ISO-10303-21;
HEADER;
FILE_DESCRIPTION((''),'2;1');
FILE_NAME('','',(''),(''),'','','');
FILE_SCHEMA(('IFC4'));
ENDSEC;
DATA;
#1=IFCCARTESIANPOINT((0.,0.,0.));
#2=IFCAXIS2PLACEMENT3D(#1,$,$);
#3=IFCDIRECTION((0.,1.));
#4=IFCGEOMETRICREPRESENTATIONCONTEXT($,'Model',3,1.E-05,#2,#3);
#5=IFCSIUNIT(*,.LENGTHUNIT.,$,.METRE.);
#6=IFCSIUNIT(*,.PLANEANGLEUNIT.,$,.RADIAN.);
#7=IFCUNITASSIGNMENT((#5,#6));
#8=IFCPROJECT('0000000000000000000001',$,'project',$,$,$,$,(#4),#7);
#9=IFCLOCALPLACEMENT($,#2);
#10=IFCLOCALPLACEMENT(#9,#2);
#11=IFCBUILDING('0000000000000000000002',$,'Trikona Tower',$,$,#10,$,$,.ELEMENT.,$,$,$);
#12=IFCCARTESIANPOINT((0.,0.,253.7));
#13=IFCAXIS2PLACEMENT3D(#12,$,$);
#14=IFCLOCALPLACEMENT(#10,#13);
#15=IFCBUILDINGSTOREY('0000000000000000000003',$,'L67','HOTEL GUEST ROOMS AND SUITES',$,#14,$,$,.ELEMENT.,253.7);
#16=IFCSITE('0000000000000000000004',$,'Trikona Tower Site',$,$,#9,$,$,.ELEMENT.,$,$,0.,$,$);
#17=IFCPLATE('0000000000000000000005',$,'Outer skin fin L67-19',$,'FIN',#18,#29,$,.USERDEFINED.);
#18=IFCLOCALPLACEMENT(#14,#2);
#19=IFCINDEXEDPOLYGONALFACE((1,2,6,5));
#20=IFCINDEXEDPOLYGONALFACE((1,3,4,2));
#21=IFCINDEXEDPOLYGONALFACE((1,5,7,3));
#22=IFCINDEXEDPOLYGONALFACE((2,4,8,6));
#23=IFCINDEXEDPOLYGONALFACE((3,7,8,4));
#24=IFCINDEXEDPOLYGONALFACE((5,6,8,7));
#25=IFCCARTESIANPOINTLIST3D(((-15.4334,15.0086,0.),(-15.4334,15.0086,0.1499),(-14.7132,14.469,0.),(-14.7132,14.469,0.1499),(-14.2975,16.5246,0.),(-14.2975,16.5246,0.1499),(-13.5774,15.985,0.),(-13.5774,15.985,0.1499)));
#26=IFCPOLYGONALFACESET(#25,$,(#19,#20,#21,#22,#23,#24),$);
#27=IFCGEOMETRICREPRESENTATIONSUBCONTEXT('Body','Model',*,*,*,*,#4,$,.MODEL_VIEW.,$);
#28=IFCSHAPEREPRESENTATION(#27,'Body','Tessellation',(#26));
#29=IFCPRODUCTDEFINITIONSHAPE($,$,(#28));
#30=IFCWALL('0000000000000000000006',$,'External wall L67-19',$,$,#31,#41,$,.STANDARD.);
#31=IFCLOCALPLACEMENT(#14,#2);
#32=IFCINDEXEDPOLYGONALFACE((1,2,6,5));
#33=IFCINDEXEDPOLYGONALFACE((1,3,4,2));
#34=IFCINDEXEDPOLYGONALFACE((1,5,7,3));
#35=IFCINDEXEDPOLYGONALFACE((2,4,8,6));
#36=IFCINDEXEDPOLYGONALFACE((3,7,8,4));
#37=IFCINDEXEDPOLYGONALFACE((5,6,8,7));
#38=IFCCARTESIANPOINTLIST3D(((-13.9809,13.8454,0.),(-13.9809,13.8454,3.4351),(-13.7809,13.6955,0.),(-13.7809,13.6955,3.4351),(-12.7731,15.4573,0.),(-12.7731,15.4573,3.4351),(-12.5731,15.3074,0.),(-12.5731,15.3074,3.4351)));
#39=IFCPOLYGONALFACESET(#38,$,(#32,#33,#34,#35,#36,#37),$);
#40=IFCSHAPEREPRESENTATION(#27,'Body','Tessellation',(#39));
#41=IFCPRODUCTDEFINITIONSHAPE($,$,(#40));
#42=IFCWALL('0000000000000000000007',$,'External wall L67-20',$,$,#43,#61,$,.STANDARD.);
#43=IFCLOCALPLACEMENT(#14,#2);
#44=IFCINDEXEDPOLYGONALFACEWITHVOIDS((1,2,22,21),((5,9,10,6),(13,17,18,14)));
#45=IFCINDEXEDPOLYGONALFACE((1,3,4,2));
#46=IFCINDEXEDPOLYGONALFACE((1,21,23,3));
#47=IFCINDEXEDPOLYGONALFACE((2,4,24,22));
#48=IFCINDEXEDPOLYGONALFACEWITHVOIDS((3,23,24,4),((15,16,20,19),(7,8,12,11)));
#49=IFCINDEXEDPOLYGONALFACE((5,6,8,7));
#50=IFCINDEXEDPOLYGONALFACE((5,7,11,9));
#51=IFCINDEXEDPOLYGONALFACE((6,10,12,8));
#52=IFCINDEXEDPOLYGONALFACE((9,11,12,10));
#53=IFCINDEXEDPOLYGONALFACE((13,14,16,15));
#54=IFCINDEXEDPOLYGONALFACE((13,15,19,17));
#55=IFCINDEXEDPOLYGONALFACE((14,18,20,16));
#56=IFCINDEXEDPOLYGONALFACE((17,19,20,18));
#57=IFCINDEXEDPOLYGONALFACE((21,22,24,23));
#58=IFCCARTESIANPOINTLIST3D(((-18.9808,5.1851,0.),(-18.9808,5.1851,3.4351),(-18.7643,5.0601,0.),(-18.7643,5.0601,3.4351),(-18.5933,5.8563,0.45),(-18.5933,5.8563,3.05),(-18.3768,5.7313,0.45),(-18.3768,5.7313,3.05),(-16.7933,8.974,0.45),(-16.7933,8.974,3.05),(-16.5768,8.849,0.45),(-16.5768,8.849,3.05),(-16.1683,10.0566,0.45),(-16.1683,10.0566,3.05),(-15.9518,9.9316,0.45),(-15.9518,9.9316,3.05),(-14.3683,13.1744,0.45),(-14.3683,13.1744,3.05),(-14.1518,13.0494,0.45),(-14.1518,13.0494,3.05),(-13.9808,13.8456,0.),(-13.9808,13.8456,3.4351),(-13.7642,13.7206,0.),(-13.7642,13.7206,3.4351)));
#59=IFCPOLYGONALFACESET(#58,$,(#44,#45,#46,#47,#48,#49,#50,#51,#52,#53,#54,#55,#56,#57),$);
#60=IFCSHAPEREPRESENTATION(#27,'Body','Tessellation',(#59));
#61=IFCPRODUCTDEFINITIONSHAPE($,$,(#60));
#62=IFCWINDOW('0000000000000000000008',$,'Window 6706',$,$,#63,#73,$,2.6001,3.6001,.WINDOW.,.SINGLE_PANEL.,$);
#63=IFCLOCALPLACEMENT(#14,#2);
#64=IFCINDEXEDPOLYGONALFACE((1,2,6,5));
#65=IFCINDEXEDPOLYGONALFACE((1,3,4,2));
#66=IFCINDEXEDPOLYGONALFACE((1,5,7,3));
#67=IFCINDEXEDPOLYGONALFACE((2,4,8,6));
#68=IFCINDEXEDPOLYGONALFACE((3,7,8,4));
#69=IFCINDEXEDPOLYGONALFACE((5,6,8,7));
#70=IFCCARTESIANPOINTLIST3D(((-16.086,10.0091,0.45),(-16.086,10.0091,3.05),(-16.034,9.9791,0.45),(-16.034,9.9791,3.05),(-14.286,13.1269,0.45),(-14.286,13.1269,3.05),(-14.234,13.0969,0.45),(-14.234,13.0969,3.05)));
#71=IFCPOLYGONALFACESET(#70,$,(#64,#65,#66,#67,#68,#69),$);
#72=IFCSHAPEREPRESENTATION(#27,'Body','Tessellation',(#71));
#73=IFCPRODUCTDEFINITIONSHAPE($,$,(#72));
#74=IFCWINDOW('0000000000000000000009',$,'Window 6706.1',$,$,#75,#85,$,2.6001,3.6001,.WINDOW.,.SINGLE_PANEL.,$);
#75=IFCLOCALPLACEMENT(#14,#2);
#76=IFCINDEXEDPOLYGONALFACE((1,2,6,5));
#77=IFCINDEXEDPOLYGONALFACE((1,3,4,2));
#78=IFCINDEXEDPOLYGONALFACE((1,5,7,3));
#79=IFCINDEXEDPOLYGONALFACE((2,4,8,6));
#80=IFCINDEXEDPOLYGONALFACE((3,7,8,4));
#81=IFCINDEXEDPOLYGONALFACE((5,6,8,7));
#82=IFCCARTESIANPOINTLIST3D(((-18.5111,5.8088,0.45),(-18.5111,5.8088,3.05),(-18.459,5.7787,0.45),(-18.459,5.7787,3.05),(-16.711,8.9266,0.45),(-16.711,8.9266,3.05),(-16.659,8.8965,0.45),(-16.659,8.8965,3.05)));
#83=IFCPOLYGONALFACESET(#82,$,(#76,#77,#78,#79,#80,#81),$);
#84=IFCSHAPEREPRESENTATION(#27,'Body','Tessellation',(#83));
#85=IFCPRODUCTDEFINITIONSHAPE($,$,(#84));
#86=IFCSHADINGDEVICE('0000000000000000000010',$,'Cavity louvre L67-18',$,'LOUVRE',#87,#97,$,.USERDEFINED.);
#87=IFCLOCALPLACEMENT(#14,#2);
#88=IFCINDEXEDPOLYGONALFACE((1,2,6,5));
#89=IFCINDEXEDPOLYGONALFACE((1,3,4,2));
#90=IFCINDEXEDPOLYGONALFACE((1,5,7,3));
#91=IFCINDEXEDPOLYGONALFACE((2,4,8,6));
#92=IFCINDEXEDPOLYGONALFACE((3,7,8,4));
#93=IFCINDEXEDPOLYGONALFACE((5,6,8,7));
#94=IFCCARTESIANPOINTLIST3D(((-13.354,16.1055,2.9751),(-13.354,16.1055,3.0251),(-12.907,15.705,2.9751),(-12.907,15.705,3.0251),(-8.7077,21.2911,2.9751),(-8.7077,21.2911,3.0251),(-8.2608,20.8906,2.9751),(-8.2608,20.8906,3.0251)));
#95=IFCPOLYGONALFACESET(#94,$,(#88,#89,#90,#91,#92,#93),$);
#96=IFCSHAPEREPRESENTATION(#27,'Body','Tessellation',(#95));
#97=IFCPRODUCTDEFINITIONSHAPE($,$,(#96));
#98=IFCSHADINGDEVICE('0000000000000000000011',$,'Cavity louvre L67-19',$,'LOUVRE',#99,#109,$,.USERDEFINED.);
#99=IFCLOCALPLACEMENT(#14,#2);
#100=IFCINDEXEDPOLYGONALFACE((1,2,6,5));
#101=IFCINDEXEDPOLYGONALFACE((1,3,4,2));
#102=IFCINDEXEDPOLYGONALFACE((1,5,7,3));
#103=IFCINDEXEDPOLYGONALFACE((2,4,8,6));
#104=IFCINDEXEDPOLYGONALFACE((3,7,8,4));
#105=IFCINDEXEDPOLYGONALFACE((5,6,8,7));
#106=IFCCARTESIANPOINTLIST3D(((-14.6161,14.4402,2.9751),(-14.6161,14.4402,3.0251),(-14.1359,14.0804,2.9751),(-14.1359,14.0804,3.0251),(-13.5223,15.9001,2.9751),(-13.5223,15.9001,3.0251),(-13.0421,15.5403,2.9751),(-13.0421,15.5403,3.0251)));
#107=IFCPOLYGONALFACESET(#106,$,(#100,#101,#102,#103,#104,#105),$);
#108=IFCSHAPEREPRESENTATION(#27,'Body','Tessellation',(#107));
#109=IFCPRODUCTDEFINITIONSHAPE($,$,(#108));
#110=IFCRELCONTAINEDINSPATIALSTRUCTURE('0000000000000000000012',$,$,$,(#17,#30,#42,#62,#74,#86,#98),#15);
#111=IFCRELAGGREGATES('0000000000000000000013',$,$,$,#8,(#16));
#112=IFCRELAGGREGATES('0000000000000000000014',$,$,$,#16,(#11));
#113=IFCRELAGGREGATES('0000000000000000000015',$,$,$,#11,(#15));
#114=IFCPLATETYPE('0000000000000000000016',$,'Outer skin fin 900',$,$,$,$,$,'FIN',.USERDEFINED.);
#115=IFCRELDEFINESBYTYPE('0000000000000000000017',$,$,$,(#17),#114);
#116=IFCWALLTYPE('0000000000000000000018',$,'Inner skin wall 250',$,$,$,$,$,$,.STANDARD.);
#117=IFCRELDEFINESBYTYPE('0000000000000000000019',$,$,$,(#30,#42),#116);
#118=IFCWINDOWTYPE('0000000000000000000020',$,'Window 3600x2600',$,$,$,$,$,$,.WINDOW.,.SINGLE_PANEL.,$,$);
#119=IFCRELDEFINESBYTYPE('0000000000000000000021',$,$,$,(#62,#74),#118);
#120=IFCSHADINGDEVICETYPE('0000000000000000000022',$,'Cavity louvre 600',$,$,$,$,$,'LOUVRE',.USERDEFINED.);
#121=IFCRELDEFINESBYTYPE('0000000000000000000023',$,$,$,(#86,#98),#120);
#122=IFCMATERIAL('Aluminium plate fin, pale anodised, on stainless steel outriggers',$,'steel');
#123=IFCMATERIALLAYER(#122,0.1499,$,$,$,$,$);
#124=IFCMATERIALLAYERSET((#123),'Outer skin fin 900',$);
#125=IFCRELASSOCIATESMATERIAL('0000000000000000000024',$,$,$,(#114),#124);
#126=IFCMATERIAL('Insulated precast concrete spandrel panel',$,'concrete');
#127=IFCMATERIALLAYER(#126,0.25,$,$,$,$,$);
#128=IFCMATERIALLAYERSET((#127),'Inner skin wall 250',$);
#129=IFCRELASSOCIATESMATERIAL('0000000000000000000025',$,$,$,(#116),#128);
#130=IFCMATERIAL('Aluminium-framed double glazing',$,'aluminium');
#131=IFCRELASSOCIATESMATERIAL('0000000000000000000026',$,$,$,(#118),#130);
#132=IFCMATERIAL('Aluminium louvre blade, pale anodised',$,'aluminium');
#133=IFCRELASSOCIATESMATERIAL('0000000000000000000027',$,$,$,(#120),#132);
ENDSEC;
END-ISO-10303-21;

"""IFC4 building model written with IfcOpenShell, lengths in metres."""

from ifc_helpers import new_model, si_unit, direction, frame, frame_2d, origin, origin_2d, place, context, subcontext, project, spatial, rectangle, extrude, material, layer, layer_set, type_object, element, fill, save


model = new_model("IFC4")

# Units and contexts
model_context = context("Model", 3, precision=1e-05, world=origin(), true_north=direction((0.0, 1.0)))
body_context = subcontext(model_context, "Body", "Model", "MODEL_VIEW")
ifc_project = project(units=[si_unit("LENGTHUNIT", "METRE"), si_unit("PLANEANGLEUNIT", "RADIAN")], contexts=[model_context])

# Site, building, storey
site_placement = place(None, origin())
site = spatial("IfcSite", under=ifc_project, at=site_placement, Name="Trikona Tower Site", CompositionType="ELEMENT", RefElevation=0.0)
building_placement = place(site_placement, origin())
building = spatial("IfcBuilding", under=site, at=building_placement, Name="Trikona Tower", CompositionType="ELEMENT")
storey_placement = place(building_placement, frame((0.0, 0.0, 253.7)))
storey = spatial("IfcBuildingStorey", under=building, at=storey_placement, Name="L67", Description="HOTEL GUEST ROOMS AND SUITES", CompositionType="ELEMENT", Elevation=253.7)

# Plate
ifc_material_1 = material(Name="Aluminium plate fin, pale anodised, on stainless steel outriggers", Category="steel")
ifc_layer_1 = layer(ifc_material_1, 0.1499)
ifc_layer_set_1 = layer_set([ifc_layer_1], Name="Outer skin fin 900")
plate_type_1 = type_object("IfcPlateType", Name="Outer skin fin 900", ElementType="FIN", PredefinedType="USERDEFINED", material=ifc_layer_set_1)
plate_1_placement = place(storey_placement, frame((-14.5054, 15.4968, 0.0), z_axis=(0.0, 0.0, 1.0), x_axis=(-0.599619, -0.800286, 0.0)))
element("IfcPlate", 1, at=plate_1_placement, inside=storey, type_object=plate_type_1, Name="Outer skin fin L67-19", ObjectType="FIN", PredefinedType="USERDEFINED", context=body_context, shape_type="SweptSolid", body=[
    extrude(rectangle(XDim=1.8943, YDim=0.8999, at=origin_2d()), origin(), (0.0, 0.0, 1.0), 0.1499),
])

# Wall
ifc_material_2 = material(Name="Insulated precast concrete spandrel panel", Category="concrete")
ifc_layer_2 = layer(ifc_material_2, 0.25)
ifc_layer_set_2 = layer_set([ifc_layer_2], Name="Inner skin wall 250")
wall_type = type_object("IfcWallType", Name="Inner skin wall 250", PredefinedType="STANDARD", material=ifc_layer_set_2)
wall_1_placement = place(storey_placement, frame((-12.6731, 15.3823, 0.0), z_axis=(0.0, 0.0, 1.0), x_axis=(-0.599651, -0.800262, 0.0)))
element("IfcWall", 2, at=wall_1_placement, inside=storey, type_object=wall_type, Name="External wall L67-19", PredefinedType="STANDARD", context=body_context, shape_type="SweptSolid", body=[
    extrude(rectangle(XDim=2.0142, YDim=0.25, at=frame_2d((1.0071, 0.0))), origin(), (0.0, 0.0, 1.0), 3.4351),
])

# Wall, openings, windows
wall_2_placement = place(storey_placement, frame((-13.8726, 13.783, 0.0), z_axis=(0.0, 0.0, 1.0), x_axis=(-0.499994, -0.866029, 0.0)))
wall_2 = element("IfcWall", 3, at=wall_2_placement, inside=storey, type_object=wall_type, Name="External wall L67-20", PredefinedType="STANDARD", context=body_context, shape_type="SweptSolid", body=[
    extrude(rectangle(XDim=10.0002, YDim=0.25, at=frame_2d((5.0, 0.0))), origin(), (0.0, 0.0, 1.0), 3.4351),
])
opening_1_placement = place(wall_2_placement, frame((0.7749, 0.0, 0.45)))
opening_1 = element("IfcOpeningElement", 4, at=opening_1_placement, cuts=wall_2, PredefinedType="OPENING", context=body_context, shape_type="SweptSolid", body=[
    extrude(rectangle(XDim=3.6001, YDim=2.6001, at=frame_2d((1.8, 1.3))), frame((0.0, 0.135, 0.0), z_axis=(0.0, -1.0, 0.0), x_axis=(1.0, 0.0, 0.0)), (0.0, 0.0, 1.0), 0.27),
])
opening_2_placement = place(wall_2_placement, frame((5.625, 0.0, 0.45)))
opening_2 = element("IfcOpeningElement", 5, at=opening_2_placement, cuts=wall_2, PredefinedType="OPENING", context=body_context, shape_type="SweptSolid", body=[
    extrude(rectangle(XDim=3.6001, YDim=2.6001, at=frame_2d((1.8, 1.3))), frame((0.0, 0.135, 0.0), z_axis=(0.0, -1.0, 0.0), x_axis=(1.0, 0.0, 0.0)), (0.0, 0.0, 1.0), 0.27),
])
ifc_material_3 = material(Name="Aluminium-framed double glazing", Category="aluminium")
window_type = type_object("IfcWindowType", Name="Window 3600x2600", PartitioningType="SINGLE_PANEL", PredefinedType="WINDOW", material=ifc_material_3)
window_1_placement = place(opening_1_placement, origin())
window_1 = element("IfcWindow", 6, at=window_1_placement, inside=storey, type_object=window_type, Name="Window 6706", OverallHeight=2.6001, OverallWidth=3.6001, PartitioningType="SINGLE_PANEL", PredefinedType="WINDOW", context=body_context, shape_type="SweptSolid", body=[
    extrude(rectangle(XDim=3.6001, YDim=2.6001, at=frame_2d((1.8, 1.3))), frame((0.0, 0.03, 0.0), z_axis=(0.0, -1.0, 0.0), x_axis=(1.0, 0.0, 0.0)), (0.0, 0.0, 1.0), 0.0601),
])
fill(opening_1, window_1)
window_2_placement = place(opening_2_placement, origin())
window_2 = element("IfcWindow", 7, at=window_2_placement, inside=storey, type_object=window_type, Name="Window 6706.1", OverallHeight=2.6001, OverallWidth=3.6001, PartitioningType="SINGLE_PANEL", PredefinedType="WINDOW", context=body_context, shape_type="SweptSolid", body=[
    extrude(rectangle(XDim=3.6001, YDim=2.6001, at=frame_2d((1.8, 1.3))), frame((0.0, 0.03, 0.0), z_axis=(0.0, -1.0, 0.0), x_axis=(1.0, 0.0, 0.0)), (0.0, 0.0, 1.0), 0.0601),
])
fill(opening_2, window_2)

# Shading devices
ifc_material_4 = material(Name="Aluminium louvre blade, pale anodised", Category="aluminium")
shading_device_type = type_object("IfcShadingDeviceType", Name="Cavity louvre 600", ElementType="LOUVRE", PredefinedType="USERDEFINED", material=ifc_material_4)
shading_device_1_placement = place(storey_placement, frame((-10.8074, 18.498, 2.9751), z_axis=(0.0, 0.0, 1.0), x_axis=(-0.667311, -0.744779, 0.0)))
element("IfcShadingDevice", 8, at=shading_device_1_placement, inside=storey, type_object=shading_device_type, Name="Cavity louvre L67-18", ObjectType="LOUVRE", PredefinedType="USERDEFINED", context=body_context, shape_type="SweptSolid", body=[
    extrude(rectangle(XDim=6.9626, YDim=0.6001, at=origin_2d()), origin(), (0.0, 0.0, 1.0), 0.05),
])
shading_device_2_placement = place(storey_placement, frame((-13.8291, 14.9902, 2.9751), z_axis=(0.0, 0.0, 1.0), x_axis=(-0.599619, -0.800286, 0.0)))
element("IfcShadingDevice", 9, at=shading_device_2_placement, inside=storey, type_object=shading_device_type, Name="Cavity louvre L67-19", ObjectType="LOUVRE", PredefinedType="USERDEFINED", context=body_context, shape_type="SweptSolid", body=[
    extrude(rectangle(XDim=1.8242, YDim=0.6001, at=origin_2d()), origin(), (0.0, 0.0, 1.0), 0.05),
])

save(model, "model.ifc")
